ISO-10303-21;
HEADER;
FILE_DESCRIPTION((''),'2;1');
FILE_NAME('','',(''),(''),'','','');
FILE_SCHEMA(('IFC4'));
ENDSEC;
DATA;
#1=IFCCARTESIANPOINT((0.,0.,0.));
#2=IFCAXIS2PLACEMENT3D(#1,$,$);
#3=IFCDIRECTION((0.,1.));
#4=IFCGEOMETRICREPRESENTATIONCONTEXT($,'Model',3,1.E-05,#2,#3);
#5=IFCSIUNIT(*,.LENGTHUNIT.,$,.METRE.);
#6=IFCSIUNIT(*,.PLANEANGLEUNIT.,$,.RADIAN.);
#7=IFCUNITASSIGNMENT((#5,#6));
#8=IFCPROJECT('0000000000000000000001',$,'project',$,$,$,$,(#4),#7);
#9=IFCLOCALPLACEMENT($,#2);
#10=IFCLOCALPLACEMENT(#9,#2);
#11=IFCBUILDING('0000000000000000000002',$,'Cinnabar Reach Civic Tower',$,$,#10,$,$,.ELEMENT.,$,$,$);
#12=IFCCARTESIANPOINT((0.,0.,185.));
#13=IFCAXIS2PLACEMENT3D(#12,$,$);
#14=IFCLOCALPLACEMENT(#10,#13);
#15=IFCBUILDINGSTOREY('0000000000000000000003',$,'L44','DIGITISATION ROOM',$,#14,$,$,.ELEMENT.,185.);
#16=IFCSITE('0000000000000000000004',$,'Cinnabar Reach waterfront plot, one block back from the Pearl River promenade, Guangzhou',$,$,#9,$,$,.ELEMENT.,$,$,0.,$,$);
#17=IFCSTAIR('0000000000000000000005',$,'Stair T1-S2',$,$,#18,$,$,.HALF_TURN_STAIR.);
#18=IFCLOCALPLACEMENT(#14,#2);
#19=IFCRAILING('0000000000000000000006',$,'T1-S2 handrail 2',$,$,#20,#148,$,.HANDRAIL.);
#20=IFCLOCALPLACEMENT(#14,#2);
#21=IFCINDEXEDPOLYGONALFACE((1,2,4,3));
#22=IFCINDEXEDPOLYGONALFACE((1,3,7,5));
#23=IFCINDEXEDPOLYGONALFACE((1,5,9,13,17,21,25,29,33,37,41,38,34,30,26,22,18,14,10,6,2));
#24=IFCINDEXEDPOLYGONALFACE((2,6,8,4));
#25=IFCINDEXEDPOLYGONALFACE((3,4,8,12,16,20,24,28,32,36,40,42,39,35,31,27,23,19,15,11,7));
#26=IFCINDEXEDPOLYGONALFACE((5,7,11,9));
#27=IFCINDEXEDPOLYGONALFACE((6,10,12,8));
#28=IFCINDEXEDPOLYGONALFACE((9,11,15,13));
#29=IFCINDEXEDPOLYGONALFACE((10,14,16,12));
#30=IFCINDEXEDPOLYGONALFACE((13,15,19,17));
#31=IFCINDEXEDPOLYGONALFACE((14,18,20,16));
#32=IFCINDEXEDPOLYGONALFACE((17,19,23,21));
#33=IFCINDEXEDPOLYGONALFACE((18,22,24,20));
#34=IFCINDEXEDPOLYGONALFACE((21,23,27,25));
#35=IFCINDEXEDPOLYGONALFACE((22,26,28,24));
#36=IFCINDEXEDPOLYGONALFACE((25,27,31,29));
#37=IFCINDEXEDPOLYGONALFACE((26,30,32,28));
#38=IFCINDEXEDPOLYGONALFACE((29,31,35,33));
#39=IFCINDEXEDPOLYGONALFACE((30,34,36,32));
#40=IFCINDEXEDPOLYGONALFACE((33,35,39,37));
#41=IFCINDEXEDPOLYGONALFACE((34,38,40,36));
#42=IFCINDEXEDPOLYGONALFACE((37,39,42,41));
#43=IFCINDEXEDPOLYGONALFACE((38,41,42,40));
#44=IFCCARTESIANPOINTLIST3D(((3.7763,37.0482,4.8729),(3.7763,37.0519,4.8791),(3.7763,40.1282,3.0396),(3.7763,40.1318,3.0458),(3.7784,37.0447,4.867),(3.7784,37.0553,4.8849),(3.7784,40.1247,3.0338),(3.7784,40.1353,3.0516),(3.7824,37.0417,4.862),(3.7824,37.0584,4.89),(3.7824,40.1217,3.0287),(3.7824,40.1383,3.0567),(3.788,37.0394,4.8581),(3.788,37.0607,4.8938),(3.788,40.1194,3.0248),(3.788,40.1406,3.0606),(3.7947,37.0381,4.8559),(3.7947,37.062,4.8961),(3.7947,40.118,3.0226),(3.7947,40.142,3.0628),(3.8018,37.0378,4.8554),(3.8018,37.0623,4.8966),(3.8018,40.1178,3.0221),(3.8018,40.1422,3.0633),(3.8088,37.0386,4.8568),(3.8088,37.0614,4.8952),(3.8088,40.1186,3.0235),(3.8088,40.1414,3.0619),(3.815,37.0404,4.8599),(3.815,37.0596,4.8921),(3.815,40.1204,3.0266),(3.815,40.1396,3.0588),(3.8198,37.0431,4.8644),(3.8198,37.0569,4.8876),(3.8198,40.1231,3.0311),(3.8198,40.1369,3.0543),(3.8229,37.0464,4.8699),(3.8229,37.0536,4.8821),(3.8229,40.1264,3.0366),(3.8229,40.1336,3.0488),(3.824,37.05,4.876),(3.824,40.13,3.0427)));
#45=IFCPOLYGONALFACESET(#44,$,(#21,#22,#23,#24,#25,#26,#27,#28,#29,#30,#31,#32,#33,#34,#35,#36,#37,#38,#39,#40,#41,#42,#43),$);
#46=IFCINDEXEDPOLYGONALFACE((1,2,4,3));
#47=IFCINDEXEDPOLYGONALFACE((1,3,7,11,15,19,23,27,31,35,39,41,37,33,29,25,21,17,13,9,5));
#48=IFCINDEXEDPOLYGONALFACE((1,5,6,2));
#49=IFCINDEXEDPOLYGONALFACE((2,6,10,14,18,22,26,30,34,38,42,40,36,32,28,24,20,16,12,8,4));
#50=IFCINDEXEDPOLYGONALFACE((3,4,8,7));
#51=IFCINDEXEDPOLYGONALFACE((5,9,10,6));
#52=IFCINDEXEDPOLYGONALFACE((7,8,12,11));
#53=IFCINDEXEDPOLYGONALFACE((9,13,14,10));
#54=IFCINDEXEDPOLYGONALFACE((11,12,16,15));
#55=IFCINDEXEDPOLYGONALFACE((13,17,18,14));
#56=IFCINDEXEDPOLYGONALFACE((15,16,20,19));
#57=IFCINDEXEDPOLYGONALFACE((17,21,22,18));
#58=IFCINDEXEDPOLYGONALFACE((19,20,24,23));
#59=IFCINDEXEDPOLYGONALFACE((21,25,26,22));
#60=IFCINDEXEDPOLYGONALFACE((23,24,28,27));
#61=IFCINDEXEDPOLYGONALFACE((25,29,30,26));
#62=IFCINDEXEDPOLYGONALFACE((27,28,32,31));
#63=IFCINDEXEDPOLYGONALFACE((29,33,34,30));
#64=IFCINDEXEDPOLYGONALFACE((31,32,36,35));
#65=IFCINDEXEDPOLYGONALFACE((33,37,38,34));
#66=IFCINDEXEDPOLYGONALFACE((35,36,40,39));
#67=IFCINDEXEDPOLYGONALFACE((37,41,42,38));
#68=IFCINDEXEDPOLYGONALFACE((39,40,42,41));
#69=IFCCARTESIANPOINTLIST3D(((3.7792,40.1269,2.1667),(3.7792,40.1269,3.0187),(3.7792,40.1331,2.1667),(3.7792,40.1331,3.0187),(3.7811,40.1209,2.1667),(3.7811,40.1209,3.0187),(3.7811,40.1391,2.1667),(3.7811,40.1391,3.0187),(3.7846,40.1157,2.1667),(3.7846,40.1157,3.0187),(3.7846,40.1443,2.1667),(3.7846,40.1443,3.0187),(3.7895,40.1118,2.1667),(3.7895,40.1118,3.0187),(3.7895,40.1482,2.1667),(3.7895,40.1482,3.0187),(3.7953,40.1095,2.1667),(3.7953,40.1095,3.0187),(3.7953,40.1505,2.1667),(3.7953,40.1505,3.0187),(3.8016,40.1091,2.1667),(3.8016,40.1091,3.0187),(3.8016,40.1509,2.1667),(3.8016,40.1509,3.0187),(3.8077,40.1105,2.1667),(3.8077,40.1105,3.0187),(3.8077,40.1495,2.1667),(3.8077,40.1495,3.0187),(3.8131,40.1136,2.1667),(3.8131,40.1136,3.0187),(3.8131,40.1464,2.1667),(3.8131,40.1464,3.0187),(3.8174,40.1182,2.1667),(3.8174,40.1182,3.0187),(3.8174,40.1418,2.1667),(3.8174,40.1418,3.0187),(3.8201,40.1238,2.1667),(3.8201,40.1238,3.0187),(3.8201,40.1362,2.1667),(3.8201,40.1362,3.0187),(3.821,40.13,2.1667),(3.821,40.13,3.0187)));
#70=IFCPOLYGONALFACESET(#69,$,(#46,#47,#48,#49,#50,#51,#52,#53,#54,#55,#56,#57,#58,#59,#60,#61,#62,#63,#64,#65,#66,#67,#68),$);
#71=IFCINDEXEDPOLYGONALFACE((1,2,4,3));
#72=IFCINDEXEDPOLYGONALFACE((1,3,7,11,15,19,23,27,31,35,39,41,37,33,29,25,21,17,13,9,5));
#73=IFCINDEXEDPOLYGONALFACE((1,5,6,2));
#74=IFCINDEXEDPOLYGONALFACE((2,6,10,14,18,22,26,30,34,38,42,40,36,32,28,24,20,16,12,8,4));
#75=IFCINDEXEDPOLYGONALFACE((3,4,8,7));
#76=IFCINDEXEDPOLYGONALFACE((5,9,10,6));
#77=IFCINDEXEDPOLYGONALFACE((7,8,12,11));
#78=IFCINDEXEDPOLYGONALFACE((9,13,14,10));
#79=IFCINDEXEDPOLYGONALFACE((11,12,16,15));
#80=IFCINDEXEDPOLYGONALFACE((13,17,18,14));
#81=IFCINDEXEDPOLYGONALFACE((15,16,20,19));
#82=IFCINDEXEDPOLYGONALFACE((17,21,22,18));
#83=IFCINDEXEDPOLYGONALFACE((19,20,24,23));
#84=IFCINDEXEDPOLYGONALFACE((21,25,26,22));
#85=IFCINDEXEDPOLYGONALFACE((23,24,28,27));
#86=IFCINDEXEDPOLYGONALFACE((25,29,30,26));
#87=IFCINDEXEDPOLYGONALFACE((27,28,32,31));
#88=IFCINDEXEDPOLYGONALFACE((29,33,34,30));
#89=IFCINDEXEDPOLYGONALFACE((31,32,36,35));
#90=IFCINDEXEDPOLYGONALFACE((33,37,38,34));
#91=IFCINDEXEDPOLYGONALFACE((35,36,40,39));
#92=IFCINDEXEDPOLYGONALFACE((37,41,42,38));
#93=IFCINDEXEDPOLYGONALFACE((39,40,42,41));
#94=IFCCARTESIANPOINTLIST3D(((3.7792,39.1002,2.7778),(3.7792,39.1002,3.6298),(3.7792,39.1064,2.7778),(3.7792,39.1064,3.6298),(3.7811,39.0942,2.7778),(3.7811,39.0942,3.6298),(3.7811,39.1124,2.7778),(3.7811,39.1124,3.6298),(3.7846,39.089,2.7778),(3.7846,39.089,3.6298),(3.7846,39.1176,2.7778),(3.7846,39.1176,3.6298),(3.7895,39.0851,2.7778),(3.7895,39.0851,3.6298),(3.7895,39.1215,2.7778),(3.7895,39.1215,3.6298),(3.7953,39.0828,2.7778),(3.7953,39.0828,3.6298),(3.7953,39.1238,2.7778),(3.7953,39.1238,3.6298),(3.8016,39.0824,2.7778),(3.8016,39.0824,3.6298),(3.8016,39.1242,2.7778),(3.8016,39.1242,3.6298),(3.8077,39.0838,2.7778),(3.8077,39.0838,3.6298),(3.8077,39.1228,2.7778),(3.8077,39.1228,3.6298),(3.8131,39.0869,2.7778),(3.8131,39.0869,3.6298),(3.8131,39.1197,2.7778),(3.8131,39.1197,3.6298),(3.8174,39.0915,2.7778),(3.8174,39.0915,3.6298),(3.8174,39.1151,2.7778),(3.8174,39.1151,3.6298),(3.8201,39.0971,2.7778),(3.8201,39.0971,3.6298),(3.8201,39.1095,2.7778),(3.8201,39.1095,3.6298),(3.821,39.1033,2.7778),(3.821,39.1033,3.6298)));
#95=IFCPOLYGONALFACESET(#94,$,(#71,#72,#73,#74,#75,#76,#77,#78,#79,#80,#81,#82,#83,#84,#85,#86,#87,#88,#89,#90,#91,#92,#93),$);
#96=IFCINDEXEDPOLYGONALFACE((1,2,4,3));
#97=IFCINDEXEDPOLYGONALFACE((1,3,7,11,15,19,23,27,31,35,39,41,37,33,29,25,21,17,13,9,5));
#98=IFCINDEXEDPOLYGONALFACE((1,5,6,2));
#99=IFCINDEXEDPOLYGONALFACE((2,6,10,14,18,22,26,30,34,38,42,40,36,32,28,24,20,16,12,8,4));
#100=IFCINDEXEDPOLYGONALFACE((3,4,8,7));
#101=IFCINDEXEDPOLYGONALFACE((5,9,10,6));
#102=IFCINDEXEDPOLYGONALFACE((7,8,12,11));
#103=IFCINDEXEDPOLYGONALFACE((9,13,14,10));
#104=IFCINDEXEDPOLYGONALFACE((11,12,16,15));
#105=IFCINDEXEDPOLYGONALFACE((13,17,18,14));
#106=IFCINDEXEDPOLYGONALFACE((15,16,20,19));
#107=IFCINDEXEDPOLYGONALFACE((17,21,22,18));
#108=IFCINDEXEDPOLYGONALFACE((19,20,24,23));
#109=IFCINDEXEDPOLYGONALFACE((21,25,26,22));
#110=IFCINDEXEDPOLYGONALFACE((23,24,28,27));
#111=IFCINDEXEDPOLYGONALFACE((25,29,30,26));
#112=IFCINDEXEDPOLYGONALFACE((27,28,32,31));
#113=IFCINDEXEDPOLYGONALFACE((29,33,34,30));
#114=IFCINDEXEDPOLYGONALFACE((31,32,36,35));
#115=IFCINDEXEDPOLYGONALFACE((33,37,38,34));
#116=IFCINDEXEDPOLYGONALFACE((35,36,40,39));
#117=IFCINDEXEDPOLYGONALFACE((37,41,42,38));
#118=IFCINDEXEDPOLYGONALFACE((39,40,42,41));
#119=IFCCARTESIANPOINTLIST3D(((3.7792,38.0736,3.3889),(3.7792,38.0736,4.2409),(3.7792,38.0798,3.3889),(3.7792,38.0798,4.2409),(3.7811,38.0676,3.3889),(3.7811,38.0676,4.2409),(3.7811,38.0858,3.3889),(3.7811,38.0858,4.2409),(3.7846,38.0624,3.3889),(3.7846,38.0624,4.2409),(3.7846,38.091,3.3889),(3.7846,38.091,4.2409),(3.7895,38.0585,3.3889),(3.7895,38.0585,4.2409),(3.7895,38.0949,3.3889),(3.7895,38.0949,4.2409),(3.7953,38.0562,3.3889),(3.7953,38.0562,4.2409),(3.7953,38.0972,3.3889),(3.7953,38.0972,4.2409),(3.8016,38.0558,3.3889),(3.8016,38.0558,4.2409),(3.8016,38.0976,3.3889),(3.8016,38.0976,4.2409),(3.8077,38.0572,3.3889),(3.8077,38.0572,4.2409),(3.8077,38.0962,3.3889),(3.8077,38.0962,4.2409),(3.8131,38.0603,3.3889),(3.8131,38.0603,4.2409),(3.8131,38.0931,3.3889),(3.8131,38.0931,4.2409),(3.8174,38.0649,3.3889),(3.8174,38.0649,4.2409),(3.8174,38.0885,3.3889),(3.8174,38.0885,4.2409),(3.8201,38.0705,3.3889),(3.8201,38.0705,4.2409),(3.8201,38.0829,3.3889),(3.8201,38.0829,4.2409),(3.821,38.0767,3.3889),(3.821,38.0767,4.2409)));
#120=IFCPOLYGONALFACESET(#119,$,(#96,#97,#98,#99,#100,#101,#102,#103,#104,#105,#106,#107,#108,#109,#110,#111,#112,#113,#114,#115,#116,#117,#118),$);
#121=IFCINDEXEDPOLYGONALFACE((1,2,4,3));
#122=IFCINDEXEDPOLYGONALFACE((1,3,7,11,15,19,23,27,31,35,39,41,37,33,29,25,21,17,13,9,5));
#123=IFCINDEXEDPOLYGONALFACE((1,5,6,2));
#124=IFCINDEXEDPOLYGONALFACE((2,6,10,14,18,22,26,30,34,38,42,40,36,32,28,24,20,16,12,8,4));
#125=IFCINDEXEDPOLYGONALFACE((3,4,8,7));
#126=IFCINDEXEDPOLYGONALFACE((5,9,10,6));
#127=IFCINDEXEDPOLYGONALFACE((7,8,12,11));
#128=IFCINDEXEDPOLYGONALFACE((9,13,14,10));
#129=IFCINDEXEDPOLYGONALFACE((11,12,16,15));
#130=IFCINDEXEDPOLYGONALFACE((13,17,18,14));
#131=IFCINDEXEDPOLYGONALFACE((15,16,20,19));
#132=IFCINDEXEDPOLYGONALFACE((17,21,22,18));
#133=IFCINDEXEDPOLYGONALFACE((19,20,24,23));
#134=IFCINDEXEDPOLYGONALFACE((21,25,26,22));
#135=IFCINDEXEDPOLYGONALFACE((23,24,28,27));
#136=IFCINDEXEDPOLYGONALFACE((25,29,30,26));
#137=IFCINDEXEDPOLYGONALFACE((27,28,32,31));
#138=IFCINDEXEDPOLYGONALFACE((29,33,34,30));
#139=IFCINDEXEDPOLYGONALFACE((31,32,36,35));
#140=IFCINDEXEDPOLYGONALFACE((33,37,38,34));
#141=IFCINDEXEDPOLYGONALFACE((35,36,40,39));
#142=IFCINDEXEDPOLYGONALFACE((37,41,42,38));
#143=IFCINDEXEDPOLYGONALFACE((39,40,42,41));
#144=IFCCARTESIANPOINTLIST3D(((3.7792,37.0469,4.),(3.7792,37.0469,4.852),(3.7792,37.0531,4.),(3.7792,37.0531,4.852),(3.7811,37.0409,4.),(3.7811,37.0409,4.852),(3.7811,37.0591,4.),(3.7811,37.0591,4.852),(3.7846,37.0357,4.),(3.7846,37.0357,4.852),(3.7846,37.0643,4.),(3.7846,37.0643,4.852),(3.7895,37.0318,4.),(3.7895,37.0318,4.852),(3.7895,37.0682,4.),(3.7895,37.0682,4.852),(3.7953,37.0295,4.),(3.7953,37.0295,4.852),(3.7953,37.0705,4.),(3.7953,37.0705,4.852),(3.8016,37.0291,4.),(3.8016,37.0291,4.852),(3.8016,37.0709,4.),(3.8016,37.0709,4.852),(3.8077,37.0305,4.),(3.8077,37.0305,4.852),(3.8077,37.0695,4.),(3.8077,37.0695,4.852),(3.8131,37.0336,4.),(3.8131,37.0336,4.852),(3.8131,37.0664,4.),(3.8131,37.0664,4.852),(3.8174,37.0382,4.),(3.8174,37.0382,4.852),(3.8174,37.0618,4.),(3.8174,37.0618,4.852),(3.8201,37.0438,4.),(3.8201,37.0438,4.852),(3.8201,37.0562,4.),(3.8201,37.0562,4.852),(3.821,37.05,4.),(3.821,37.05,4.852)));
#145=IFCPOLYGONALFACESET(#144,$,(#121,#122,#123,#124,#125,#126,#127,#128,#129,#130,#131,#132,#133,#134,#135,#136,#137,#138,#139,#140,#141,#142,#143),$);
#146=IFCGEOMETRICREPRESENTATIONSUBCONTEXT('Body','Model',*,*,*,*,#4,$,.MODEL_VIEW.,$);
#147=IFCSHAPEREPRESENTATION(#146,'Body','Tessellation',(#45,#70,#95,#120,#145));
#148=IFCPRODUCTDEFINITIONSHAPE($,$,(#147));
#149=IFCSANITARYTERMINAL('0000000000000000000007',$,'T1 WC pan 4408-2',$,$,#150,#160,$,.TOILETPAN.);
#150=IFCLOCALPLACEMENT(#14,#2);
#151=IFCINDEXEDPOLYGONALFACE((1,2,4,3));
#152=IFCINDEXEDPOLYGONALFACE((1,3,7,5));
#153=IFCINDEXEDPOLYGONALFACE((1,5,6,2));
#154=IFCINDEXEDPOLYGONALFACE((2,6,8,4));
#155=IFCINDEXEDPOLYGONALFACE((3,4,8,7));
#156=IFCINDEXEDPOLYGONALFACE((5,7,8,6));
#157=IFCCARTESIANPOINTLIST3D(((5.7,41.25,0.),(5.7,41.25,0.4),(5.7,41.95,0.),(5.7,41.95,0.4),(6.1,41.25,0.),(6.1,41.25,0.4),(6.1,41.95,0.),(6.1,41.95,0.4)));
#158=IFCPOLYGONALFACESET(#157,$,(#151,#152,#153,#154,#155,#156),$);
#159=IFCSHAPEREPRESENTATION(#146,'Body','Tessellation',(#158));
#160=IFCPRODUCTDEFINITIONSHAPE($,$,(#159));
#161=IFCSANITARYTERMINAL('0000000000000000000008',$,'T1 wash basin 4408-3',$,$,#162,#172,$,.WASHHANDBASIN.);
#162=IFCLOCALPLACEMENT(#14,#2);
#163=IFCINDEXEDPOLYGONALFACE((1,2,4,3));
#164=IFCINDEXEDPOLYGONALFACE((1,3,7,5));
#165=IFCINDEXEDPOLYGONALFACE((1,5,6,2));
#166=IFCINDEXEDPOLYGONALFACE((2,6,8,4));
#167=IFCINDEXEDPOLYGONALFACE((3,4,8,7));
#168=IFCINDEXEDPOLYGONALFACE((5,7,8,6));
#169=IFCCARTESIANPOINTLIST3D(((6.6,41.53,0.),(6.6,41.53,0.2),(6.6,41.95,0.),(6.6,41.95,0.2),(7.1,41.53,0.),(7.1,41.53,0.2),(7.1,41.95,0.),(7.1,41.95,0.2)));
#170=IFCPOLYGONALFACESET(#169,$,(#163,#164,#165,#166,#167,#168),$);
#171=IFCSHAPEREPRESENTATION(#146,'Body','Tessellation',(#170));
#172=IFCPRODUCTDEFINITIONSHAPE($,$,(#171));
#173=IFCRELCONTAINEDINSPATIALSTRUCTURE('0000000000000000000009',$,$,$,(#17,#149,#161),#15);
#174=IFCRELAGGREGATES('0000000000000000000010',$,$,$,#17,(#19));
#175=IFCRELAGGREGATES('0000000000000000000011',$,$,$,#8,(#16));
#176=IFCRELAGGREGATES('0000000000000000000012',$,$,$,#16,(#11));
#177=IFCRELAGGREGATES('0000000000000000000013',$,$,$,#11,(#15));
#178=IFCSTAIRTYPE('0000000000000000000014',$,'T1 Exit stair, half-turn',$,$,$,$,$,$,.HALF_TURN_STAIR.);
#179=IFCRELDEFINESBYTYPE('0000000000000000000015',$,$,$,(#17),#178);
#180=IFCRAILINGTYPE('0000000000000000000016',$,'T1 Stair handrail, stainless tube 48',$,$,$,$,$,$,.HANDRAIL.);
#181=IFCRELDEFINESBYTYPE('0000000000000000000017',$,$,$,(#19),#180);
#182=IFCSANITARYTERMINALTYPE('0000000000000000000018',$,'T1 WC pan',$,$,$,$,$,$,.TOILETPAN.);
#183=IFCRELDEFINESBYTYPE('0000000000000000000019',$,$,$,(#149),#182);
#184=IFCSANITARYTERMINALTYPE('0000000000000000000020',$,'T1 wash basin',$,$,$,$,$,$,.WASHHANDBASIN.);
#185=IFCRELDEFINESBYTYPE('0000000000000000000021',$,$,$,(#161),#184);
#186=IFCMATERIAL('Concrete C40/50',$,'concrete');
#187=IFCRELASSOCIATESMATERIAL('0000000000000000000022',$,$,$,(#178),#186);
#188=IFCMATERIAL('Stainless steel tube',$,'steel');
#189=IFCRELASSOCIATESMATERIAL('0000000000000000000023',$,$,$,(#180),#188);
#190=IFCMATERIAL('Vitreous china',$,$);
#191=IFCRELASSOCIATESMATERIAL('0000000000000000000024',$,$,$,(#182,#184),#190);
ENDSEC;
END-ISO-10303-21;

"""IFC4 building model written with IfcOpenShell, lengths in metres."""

from ifc_helpers import new_model, si_unit, direction, frame, origin, origin_2d, place, context, subcontext, project, spatial, rectangle, circle, extrude, material, type_object, element, aggregate, save


model = new_model("IFC4")

# Units and contexts
model_context = context("Model", 3, precision=1e-05, world=origin(), true_north=direction((0.0, 1.0)))
body_context = subcontext(model_context, "Body", "Model", "MODEL_VIEW")
ifc_project = project(units=[si_unit("LENGTHUNIT", "METRE"), si_unit("PLANEANGLEUNIT", "RADIAN")], contexts=[model_context])

# Site, building, storey
site_placement = place(None, origin())
site = spatial("IfcSite", under=ifc_project, at=site_placement, Name="Cinnabar Reach waterfront plot, one block back from the Pearl River promenade, Guangzhou", CompositionType="ELEMENT", RefElevation=0.0)
building_placement = place(site_placement, origin())
building = spatial("IfcBuilding", under=site, at=building_placement, Name="Cinnabar Reach Civic Tower", CompositionType="ELEMENT")
storey_placement = place(building_placement, frame((0.0, 0.0, 185.0)))
storey = spatial("IfcBuildingStorey", under=building, at=storey_placement, Name="L44", Description="DIGITISATION ROOM", CompositionType="ELEMENT", Elevation=185.0)

# Shared definitions
ifc_material_1 = material(Name="Concrete C40/50", Category="concrete")

# Stair, railing
stair_type = type_object("IfcStairType", Name="T1 Exit stair, half-turn", PredefinedType="HALF_TURN_STAIR", material=ifc_material_1)
stair_placement = place(storey_placement, origin())
stair = element("IfcStair", 1, at=stair_placement, inside=storey, type_object=stair_type, Name="Stair T1-S2", PredefinedType="HALF_TURN_STAIR")
ifc_material_2 = material(Name="Stainless steel tube", Category="steel")
railing_type = type_object("IfcRailingType", Name="T1 Stair handrail, stainless tube 48", PredefinedType="HANDRAIL", material=ifc_material_2)
railing_1_placement = place(storey_placement, frame((3.8, 40.13, 2.1667)))
railing_1 = element("IfcRailing", 2, at=railing_1_placement, type_object=railing_type, Name="T1-S2 handrail 2", PredefinedType="HANDRAIL", context=body_context, shape_type="SweptSolid", body=[
    extrude(circle(Radius=0.024, at=origin_2d()), frame((0.0, 0.0, 0.876), z_axis=(0.0, -0.859297, 0.511477), x_axis=(1.0, 0.0, 0.0)), (0.0, 0.0, 1.0), 3.5843),
    extrude(circle(Radius=0.021, at=origin_2d()), origin(), (0.0, 0.0, 1.0), 0.852),
    extrude(circle(Radius=0.021, at=origin_2d()), frame((0.0, -1.0267, 0.6111)), (0.0, 0.0, 1.0), 0.852),
    extrude(circle(Radius=0.021, at=origin_2d()), frame((0.0, -2.0533, 1.2222)), (0.0, 0.0, 1.0), 0.852),
    extrude(circle(Radius=0.021, at=origin_2d()), frame((0.0, -3.08, 1.8333)), (0.0, 0.0, 1.0), 0.852),
])
aggregate(stair, [railing_1])

# Sanitary terminals
ifc_material_3 = material(Name="Vitreous china")
sanitary_terminal_type_1 = type_object("IfcSanitaryTerminalType", Name="T1 WC pan", PredefinedType="TOILETPAN", material=ifc_material_3)
sanitary_terminal_1_placement = place(storey_placement, frame((5.9, 41.6, 0.0), z_axis=(0.0, 0.0, 1.0), x_axis=(1.0, 0.0, 0.0)))
element("IfcSanitaryTerminal", 3, at=sanitary_terminal_1_placement, inside=storey, type_object=sanitary_terminal_type_1, Name="T1 WC pan 4408-2", PredefinedType="TOILETPAN", context=body_context, shape_type="SweptSolid", body=[
    extrude(rectangle(XDim=0.4, YDim=0.7, at=origin_2d()), origin(), (0.0, 0.0, 1.0), 0.4),
])
sanitary_terminal_type_2 = type_object("IfcSanitaryTerminalType", Name="T1 wash basin", PredefinedType="WASHHANDBASIN", material=ifc_material_3)
sanitary_terminal_2_placement = place(storey_placement, frame((6.85, 41.74, 0.0), z_axis=(0.0, 0.0, 1.0), x_axis=(1.0, 0.0, 0.0)))
element("IfcSanitaryTerminal", 4, at=sanitary_terminal_2_placement, inside=storey, type_object=sanitary_terminal_type_2, Name="T1 wash basin 4408-3", PredefinedType="WASHHANDBASIN", context=body_context, shape_type="SweptSolid", body=[
    extrude(rectangle(XDim=0.5, YDim=0.42, at=origin_2d()), origin(), (0.0, 0.0, 1.0), 0.2),
])

save(model, "model.ifc")
